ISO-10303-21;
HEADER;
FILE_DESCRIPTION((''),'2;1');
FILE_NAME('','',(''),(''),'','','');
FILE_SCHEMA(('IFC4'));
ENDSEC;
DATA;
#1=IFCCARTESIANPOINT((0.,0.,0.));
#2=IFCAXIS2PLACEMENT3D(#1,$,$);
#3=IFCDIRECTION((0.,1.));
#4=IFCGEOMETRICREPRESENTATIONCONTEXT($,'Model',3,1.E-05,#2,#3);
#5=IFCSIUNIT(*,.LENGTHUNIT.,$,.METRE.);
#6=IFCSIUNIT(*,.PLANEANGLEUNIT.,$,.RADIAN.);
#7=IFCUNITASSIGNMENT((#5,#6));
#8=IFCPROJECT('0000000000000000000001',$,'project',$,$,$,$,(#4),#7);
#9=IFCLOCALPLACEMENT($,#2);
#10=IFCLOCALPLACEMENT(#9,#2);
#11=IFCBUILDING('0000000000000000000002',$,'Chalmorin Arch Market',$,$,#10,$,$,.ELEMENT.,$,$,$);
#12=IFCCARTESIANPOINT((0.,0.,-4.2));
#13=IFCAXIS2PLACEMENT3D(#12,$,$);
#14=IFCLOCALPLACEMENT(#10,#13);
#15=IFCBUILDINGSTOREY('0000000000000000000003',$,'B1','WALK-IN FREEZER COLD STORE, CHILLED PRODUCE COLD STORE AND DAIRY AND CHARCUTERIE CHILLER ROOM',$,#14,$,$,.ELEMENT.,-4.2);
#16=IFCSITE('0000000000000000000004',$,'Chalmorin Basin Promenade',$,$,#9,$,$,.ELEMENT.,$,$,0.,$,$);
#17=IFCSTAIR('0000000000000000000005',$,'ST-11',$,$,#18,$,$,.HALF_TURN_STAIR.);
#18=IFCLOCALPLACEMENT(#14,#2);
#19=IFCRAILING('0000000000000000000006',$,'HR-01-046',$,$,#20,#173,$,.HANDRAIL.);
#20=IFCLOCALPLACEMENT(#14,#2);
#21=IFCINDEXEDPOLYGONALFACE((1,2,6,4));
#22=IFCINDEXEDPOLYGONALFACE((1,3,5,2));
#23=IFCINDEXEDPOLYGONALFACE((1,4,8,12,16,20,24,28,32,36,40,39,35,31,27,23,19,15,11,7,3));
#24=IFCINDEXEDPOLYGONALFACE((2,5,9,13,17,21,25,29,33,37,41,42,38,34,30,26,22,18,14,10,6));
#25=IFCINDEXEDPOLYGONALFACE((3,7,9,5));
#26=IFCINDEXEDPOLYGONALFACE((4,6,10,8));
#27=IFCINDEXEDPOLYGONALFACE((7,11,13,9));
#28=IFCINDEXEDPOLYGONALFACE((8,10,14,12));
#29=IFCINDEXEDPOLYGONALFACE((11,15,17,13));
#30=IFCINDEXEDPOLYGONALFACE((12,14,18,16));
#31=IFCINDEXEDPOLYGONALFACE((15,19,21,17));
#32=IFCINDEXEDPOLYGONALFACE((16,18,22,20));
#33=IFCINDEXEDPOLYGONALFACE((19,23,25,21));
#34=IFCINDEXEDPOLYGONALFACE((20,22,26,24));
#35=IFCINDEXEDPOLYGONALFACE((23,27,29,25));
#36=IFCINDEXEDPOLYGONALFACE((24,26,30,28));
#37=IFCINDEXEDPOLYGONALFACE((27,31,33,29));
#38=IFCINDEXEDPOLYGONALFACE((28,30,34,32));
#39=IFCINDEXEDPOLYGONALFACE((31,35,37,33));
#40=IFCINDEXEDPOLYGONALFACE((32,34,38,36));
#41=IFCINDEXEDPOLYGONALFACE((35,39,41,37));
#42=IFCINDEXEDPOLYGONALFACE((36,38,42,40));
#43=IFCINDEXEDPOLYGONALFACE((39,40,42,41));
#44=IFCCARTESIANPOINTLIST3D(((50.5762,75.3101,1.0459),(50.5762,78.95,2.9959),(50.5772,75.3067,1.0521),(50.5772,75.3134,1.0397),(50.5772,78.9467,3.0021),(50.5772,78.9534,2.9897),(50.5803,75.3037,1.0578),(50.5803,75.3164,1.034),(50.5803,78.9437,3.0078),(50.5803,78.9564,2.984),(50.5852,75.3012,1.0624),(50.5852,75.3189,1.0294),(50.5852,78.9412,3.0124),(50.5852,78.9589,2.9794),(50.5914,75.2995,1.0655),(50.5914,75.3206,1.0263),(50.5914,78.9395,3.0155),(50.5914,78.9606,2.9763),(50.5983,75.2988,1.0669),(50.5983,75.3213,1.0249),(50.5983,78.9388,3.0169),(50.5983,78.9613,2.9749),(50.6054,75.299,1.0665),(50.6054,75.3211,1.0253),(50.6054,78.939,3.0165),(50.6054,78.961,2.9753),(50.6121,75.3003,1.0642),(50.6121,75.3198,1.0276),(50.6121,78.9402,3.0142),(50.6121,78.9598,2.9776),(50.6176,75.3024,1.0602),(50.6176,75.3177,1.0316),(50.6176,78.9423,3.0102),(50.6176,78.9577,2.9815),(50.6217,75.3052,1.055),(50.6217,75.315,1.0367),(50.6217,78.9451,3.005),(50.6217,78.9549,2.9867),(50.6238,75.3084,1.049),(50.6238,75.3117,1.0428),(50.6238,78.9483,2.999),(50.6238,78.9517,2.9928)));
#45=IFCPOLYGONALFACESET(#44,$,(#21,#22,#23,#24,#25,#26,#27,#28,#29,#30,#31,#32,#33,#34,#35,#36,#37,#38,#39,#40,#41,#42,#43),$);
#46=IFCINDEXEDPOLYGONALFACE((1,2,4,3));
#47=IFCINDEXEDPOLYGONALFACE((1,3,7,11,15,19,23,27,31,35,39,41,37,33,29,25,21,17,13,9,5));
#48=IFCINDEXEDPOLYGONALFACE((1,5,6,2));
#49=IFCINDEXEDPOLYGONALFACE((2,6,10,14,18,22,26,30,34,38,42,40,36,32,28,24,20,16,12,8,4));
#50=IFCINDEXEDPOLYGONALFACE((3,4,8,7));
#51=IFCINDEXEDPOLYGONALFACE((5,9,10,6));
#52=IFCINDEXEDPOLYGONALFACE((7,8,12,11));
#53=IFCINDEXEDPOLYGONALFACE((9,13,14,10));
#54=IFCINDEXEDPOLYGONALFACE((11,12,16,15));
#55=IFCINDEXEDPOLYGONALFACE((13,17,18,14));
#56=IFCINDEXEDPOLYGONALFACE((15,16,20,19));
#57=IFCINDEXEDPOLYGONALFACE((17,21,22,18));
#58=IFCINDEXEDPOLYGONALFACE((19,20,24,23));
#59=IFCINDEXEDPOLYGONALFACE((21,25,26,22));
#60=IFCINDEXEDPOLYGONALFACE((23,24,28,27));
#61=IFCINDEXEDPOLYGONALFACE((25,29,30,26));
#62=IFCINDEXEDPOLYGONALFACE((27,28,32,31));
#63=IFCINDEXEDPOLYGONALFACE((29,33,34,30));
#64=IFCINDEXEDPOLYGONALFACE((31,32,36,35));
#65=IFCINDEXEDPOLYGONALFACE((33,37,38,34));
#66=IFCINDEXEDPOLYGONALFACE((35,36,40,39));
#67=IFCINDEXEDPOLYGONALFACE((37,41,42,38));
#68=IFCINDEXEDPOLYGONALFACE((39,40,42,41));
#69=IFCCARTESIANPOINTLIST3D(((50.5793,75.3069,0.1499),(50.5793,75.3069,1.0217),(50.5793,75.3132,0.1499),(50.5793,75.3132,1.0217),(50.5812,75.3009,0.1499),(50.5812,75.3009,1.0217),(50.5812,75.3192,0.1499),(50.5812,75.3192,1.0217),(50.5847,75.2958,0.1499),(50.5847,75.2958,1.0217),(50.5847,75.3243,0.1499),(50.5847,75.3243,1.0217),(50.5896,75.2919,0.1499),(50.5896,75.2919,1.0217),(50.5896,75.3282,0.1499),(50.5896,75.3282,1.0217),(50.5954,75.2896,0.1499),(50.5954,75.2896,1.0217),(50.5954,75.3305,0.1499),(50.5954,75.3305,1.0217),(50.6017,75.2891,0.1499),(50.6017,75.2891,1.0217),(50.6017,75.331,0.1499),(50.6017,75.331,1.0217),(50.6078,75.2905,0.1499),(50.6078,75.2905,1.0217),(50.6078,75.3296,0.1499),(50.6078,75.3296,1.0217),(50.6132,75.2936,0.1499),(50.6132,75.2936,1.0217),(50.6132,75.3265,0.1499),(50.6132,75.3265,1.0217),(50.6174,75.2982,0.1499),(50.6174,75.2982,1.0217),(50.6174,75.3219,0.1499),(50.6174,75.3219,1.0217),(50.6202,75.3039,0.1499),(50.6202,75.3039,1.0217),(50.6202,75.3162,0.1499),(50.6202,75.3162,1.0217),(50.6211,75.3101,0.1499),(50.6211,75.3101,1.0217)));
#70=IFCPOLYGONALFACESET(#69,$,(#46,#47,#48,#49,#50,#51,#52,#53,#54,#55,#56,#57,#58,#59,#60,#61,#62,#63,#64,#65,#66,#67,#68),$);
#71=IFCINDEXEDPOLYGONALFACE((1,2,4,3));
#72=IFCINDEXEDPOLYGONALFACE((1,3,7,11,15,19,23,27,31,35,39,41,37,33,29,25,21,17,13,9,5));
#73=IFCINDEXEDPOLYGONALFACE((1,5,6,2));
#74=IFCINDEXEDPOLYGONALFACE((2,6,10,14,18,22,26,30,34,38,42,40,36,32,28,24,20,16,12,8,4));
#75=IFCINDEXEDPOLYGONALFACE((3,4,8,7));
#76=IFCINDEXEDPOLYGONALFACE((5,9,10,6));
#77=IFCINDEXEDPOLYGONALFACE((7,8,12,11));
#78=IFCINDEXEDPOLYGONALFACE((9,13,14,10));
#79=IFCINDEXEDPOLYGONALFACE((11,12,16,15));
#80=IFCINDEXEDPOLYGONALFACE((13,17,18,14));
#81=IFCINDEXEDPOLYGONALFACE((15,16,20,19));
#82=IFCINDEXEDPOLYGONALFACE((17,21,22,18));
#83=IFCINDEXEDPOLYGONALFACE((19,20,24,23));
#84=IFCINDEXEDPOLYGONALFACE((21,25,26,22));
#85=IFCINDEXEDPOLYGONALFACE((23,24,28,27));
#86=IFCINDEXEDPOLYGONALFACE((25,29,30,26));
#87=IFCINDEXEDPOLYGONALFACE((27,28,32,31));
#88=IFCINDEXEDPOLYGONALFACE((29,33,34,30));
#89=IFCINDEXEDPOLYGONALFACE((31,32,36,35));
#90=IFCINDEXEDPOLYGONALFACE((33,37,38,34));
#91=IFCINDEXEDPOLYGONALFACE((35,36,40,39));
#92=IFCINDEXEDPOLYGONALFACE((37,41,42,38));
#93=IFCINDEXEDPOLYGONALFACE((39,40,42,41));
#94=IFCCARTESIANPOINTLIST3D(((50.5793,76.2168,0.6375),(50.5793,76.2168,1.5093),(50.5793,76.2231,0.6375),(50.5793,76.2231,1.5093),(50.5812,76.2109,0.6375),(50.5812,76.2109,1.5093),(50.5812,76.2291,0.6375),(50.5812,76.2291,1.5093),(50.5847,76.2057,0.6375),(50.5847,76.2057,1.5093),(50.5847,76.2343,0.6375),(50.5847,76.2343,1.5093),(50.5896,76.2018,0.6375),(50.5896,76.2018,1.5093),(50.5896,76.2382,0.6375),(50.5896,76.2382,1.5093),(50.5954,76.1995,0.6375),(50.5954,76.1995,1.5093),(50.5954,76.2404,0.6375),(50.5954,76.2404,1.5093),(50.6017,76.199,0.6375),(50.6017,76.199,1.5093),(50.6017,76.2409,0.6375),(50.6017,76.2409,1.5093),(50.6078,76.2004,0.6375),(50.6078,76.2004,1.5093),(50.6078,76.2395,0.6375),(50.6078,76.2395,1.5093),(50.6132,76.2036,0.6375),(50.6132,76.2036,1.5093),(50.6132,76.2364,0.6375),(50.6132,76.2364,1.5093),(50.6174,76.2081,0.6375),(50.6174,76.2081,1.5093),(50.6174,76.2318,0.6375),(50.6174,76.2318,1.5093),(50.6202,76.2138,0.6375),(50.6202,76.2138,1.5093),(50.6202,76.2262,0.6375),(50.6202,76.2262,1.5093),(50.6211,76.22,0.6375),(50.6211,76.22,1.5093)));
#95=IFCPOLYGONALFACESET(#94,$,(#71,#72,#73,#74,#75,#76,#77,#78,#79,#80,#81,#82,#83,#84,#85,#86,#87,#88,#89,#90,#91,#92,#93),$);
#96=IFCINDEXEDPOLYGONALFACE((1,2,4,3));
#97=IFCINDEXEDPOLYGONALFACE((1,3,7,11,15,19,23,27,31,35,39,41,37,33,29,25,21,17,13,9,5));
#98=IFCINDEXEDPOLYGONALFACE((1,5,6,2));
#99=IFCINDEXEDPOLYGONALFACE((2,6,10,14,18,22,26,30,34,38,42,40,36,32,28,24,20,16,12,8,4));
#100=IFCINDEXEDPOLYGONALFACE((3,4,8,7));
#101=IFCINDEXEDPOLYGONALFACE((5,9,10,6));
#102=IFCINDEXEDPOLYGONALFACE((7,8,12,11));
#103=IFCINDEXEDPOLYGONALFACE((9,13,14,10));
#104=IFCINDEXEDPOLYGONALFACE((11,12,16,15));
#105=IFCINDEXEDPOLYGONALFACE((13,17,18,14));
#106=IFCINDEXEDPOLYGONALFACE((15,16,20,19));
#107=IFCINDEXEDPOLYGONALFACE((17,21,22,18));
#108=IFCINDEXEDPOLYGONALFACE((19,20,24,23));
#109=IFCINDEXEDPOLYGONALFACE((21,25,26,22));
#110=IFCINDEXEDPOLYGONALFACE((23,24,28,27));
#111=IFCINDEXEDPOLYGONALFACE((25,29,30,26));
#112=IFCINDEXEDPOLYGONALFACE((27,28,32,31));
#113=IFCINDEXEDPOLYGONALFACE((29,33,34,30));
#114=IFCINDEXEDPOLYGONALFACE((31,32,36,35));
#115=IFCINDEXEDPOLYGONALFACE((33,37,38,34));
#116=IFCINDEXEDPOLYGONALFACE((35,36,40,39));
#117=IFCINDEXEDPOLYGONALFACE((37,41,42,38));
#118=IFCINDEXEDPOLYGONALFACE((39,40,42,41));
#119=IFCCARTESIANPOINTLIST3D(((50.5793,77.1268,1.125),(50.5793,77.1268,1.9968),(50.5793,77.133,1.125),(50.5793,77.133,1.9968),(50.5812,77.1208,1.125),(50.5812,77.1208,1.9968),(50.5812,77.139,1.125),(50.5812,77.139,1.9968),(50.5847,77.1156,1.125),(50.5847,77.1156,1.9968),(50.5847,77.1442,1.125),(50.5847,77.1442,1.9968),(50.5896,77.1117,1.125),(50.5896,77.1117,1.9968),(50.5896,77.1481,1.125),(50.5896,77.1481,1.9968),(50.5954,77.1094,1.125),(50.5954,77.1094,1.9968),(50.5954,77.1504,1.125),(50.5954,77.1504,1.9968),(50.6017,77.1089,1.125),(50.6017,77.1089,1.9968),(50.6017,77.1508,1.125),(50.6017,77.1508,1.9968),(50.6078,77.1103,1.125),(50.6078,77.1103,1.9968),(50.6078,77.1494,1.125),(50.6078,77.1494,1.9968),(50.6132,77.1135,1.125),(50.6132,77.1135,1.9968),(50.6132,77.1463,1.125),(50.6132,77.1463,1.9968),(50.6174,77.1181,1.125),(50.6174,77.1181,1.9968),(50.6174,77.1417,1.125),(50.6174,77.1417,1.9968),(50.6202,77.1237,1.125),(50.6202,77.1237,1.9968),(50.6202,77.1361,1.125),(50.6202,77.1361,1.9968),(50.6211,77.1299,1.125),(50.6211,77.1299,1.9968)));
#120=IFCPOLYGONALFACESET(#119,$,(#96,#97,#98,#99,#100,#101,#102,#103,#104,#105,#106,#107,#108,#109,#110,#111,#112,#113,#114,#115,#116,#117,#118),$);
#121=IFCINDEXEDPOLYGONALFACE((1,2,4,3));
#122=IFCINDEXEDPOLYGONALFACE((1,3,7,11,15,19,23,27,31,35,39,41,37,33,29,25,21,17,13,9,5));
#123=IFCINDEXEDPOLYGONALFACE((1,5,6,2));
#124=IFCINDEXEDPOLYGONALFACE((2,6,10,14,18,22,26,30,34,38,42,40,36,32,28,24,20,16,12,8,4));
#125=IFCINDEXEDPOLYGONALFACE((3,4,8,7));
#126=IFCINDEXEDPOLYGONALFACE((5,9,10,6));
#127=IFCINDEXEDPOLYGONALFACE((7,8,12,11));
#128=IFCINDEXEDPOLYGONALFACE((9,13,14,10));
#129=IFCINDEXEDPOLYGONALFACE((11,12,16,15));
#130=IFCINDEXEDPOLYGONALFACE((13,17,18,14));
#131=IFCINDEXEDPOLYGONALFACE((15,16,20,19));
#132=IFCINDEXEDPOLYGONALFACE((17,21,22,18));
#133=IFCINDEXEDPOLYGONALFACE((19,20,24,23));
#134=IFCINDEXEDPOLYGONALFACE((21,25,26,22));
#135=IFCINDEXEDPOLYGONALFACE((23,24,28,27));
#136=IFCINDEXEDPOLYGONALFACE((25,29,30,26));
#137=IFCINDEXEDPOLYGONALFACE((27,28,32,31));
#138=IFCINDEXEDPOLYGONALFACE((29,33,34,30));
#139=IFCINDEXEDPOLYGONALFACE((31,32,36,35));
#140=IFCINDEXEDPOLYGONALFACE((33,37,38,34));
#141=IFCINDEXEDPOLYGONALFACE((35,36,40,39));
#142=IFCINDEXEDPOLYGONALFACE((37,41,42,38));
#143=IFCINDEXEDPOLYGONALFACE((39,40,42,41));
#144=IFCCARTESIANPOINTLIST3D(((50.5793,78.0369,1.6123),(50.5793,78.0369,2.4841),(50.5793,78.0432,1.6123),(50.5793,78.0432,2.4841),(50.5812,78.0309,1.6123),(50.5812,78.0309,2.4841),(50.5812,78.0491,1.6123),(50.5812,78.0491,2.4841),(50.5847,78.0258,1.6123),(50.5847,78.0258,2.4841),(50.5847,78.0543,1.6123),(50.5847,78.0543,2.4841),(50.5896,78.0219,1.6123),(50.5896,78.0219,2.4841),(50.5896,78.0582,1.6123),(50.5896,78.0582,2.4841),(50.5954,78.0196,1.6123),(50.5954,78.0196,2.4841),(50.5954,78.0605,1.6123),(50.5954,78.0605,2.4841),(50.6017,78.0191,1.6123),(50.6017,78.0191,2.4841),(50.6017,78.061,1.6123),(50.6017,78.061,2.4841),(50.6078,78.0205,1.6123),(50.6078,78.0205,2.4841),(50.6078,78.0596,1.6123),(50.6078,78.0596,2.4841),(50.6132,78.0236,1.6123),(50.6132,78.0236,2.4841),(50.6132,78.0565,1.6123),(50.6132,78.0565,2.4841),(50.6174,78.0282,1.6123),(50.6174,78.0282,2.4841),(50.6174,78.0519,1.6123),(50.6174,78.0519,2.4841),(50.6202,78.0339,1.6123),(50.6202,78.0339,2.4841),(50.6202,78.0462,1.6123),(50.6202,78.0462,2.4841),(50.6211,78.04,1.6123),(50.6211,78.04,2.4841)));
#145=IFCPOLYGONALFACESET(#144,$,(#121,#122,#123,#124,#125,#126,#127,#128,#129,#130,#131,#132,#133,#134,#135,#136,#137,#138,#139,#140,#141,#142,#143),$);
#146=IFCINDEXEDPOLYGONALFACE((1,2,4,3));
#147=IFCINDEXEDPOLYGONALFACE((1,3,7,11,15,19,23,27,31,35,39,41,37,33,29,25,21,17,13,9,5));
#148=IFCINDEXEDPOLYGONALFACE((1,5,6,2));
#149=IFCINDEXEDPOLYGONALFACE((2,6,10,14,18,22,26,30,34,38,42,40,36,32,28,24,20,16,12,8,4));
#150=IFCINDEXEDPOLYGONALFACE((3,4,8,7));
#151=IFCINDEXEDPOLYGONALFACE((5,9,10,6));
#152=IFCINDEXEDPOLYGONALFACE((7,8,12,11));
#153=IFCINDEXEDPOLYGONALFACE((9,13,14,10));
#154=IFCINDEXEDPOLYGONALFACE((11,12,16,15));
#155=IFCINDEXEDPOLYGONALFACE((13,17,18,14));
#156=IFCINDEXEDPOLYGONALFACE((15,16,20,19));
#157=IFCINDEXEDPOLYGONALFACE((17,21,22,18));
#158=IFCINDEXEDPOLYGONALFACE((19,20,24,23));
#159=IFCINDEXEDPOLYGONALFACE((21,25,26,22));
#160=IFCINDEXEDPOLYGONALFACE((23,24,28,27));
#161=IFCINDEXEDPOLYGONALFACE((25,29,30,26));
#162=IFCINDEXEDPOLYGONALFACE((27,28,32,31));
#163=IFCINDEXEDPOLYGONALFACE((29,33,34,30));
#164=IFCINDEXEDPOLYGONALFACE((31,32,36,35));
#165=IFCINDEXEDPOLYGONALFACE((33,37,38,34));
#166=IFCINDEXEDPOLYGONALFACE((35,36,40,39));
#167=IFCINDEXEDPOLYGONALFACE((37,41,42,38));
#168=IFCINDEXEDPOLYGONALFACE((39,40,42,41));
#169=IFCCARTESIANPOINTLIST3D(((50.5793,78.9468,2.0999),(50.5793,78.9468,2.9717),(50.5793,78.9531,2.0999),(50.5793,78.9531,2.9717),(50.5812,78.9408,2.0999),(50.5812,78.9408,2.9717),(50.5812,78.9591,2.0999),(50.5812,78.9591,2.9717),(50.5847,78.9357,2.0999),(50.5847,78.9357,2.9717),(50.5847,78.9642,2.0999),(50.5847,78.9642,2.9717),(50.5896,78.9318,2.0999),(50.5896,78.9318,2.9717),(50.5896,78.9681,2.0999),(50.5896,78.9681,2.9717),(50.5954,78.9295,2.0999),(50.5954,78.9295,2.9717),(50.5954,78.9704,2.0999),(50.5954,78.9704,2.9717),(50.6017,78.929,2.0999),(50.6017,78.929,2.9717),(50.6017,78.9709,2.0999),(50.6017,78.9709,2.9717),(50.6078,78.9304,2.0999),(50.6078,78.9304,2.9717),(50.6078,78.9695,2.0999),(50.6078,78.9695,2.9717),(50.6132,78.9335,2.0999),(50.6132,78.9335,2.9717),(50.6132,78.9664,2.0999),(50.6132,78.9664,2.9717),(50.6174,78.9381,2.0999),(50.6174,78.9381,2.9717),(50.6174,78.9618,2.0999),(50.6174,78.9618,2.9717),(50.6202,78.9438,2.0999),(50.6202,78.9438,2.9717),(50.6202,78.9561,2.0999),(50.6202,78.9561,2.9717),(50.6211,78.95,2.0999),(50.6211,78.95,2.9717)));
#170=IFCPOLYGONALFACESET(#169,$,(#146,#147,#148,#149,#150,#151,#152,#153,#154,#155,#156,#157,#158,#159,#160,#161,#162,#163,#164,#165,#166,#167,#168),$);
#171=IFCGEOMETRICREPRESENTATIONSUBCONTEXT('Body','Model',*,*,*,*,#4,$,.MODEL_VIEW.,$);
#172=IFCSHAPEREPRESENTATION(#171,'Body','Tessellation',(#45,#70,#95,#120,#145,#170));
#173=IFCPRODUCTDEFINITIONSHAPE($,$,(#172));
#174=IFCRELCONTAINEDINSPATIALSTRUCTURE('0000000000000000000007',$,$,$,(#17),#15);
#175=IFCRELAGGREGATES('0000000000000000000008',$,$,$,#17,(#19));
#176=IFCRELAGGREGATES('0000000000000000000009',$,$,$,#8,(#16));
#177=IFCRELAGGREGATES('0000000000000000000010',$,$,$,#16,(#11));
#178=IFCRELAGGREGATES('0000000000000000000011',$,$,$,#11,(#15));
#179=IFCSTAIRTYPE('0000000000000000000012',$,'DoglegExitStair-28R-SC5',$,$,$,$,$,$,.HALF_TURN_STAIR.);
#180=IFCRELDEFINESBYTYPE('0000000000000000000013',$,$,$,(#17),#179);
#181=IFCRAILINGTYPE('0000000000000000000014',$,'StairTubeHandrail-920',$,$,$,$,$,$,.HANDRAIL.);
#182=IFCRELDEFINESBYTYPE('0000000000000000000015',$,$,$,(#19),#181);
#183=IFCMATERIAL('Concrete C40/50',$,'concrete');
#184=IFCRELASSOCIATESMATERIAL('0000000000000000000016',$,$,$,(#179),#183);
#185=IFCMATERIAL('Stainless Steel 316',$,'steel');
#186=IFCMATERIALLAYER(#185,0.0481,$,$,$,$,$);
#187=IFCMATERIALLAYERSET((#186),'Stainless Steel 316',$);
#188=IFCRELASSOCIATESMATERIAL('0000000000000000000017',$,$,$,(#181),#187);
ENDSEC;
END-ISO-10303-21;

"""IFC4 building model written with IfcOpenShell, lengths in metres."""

from ifc_helpers import new_model, si_unit, direction, frame, origin, origin_2d, place, context, subcontext, project, spatial, circle, extrude, material, layer, layer_set, type_object, element, aggregate, save


model = new_model("IFC4")

# Units and contexts
model_context = context("Model", 3, precision=1e-05, world=origin(), true_north=direction((0.0, 1.0)))
body_context = subcontext(model_context, "Body", "Model", "MODEL_VIEW")
ifc_project = project(units=[si_unit("LENGTHUNIT", "METRE"), si_unit("PLANEANGLEUNIT", "RADIAN")], contexts=[model_context])

# Site, building, storey
site_placement = place(None, origin())
site = spatial("IfcSite", under=ifc_project, at=site_placement, Name="Chalmorin Basin Promenade", CompositionType="ELEMENT", RefElevation=0.0)
building_placement = place(site_placement, origin())
building = spatial("IfcBuilding", under=site, at=building_placement, Name="Chalmorin Arch Market", CompositionType="ELEMENT")
storey_placement = place(building_placement, frame((0.0, 0.0, -4.2)))
storey = spatial("IfcBuildingStorey", under=building, at=storey_placement, Name="B1", Description="WALK-IN FREEZER COLD STORE, CHILLED PRODUCE COLD STORE AND DAIRY AND CHARCUTERIE CHILLER ROOM", CompositionType="ELEMENT", Elevation=-4.2)

# Shared definitions
ifc_material_1 = material(Name="Concrete C40/50", Category="concrete")

# Stair, railing
stair_type = type_object("IfcStairType", Name="DoglegExitStair-28R-SC5", PredefinedType="HALF_TURN_STAIR", material=ifc_material_1)
stair_placement = place(storey_placement, origin())
stair = element("IfcStair", 1, at=stair_placement, inside=storey, type_object=stair_type, Name="ST-11", PredefinedType="HALF_TURN_STAIR")
ifc_material_2 = material(Name="Stainless Steel 316", Category="steel")
ifc_layer_1 = layer(ifc_material_2, 0.0481)
ifc_layer_set_1 = layer_set([ifc_layer_1], Name="Stainless Steel 316")
railing_type_1 = type_object("IfcRailingType", Name="StairTubeHandrail-920", PredefinedType="HANDRAIL", material=ifc_layer_set_1)
railing_1_placement = place(storey_placement, frame((50.6001, 75.3101, 0.1499)))
railing_1 = element("IfcRailing", 2, at=railing_1_placement, type_object=railing_type_1, Name="HR-01-046", PredefinedType="HANDRAIL", context=body_context, shape_type="SweptSolid", body=[
    extrude(circle(Radius=0.0239, at=origin_2d()), frame((0.0, 0.0, 0.896), z_axis=(0.0, 0.881479, 0.472223), x_axis=(-1.0, 0.0, 0.0)), (0.0, 0.0, 1.0), 4.1294),
    extrude(circle(Radius=0.021, at=origin_2d()), origin(), (0.0, 0.0, 1.0), 0.8718),
    extrude(circle(Radius=0.021, at=origin_2d()), frame((0.0, 0.9099, 0.4875)), (0.0, 0.0, 1.0), 0.8718),
    extrude(circle(Radius=0.021, at=origin_2d()), frame((0.0, 1.8198, 0.9751)), (0.0, 0.0, 1.0), 0.8718),
    extrude(circle(Radius=0.021, at=origin_2d()), frame((0.0, 2.73, 1.4624)), (0.0, 0.0, 1.0), 0.8718),
    extrude(circle(Radius=0.021, at=origin_2d()), frame((0.0, 3.6399, 1.95)), (0.0, 0.0, 1.0), 0.8718),
])
aggregate(stair, [railing_1])

save(model, "model.ifc")
